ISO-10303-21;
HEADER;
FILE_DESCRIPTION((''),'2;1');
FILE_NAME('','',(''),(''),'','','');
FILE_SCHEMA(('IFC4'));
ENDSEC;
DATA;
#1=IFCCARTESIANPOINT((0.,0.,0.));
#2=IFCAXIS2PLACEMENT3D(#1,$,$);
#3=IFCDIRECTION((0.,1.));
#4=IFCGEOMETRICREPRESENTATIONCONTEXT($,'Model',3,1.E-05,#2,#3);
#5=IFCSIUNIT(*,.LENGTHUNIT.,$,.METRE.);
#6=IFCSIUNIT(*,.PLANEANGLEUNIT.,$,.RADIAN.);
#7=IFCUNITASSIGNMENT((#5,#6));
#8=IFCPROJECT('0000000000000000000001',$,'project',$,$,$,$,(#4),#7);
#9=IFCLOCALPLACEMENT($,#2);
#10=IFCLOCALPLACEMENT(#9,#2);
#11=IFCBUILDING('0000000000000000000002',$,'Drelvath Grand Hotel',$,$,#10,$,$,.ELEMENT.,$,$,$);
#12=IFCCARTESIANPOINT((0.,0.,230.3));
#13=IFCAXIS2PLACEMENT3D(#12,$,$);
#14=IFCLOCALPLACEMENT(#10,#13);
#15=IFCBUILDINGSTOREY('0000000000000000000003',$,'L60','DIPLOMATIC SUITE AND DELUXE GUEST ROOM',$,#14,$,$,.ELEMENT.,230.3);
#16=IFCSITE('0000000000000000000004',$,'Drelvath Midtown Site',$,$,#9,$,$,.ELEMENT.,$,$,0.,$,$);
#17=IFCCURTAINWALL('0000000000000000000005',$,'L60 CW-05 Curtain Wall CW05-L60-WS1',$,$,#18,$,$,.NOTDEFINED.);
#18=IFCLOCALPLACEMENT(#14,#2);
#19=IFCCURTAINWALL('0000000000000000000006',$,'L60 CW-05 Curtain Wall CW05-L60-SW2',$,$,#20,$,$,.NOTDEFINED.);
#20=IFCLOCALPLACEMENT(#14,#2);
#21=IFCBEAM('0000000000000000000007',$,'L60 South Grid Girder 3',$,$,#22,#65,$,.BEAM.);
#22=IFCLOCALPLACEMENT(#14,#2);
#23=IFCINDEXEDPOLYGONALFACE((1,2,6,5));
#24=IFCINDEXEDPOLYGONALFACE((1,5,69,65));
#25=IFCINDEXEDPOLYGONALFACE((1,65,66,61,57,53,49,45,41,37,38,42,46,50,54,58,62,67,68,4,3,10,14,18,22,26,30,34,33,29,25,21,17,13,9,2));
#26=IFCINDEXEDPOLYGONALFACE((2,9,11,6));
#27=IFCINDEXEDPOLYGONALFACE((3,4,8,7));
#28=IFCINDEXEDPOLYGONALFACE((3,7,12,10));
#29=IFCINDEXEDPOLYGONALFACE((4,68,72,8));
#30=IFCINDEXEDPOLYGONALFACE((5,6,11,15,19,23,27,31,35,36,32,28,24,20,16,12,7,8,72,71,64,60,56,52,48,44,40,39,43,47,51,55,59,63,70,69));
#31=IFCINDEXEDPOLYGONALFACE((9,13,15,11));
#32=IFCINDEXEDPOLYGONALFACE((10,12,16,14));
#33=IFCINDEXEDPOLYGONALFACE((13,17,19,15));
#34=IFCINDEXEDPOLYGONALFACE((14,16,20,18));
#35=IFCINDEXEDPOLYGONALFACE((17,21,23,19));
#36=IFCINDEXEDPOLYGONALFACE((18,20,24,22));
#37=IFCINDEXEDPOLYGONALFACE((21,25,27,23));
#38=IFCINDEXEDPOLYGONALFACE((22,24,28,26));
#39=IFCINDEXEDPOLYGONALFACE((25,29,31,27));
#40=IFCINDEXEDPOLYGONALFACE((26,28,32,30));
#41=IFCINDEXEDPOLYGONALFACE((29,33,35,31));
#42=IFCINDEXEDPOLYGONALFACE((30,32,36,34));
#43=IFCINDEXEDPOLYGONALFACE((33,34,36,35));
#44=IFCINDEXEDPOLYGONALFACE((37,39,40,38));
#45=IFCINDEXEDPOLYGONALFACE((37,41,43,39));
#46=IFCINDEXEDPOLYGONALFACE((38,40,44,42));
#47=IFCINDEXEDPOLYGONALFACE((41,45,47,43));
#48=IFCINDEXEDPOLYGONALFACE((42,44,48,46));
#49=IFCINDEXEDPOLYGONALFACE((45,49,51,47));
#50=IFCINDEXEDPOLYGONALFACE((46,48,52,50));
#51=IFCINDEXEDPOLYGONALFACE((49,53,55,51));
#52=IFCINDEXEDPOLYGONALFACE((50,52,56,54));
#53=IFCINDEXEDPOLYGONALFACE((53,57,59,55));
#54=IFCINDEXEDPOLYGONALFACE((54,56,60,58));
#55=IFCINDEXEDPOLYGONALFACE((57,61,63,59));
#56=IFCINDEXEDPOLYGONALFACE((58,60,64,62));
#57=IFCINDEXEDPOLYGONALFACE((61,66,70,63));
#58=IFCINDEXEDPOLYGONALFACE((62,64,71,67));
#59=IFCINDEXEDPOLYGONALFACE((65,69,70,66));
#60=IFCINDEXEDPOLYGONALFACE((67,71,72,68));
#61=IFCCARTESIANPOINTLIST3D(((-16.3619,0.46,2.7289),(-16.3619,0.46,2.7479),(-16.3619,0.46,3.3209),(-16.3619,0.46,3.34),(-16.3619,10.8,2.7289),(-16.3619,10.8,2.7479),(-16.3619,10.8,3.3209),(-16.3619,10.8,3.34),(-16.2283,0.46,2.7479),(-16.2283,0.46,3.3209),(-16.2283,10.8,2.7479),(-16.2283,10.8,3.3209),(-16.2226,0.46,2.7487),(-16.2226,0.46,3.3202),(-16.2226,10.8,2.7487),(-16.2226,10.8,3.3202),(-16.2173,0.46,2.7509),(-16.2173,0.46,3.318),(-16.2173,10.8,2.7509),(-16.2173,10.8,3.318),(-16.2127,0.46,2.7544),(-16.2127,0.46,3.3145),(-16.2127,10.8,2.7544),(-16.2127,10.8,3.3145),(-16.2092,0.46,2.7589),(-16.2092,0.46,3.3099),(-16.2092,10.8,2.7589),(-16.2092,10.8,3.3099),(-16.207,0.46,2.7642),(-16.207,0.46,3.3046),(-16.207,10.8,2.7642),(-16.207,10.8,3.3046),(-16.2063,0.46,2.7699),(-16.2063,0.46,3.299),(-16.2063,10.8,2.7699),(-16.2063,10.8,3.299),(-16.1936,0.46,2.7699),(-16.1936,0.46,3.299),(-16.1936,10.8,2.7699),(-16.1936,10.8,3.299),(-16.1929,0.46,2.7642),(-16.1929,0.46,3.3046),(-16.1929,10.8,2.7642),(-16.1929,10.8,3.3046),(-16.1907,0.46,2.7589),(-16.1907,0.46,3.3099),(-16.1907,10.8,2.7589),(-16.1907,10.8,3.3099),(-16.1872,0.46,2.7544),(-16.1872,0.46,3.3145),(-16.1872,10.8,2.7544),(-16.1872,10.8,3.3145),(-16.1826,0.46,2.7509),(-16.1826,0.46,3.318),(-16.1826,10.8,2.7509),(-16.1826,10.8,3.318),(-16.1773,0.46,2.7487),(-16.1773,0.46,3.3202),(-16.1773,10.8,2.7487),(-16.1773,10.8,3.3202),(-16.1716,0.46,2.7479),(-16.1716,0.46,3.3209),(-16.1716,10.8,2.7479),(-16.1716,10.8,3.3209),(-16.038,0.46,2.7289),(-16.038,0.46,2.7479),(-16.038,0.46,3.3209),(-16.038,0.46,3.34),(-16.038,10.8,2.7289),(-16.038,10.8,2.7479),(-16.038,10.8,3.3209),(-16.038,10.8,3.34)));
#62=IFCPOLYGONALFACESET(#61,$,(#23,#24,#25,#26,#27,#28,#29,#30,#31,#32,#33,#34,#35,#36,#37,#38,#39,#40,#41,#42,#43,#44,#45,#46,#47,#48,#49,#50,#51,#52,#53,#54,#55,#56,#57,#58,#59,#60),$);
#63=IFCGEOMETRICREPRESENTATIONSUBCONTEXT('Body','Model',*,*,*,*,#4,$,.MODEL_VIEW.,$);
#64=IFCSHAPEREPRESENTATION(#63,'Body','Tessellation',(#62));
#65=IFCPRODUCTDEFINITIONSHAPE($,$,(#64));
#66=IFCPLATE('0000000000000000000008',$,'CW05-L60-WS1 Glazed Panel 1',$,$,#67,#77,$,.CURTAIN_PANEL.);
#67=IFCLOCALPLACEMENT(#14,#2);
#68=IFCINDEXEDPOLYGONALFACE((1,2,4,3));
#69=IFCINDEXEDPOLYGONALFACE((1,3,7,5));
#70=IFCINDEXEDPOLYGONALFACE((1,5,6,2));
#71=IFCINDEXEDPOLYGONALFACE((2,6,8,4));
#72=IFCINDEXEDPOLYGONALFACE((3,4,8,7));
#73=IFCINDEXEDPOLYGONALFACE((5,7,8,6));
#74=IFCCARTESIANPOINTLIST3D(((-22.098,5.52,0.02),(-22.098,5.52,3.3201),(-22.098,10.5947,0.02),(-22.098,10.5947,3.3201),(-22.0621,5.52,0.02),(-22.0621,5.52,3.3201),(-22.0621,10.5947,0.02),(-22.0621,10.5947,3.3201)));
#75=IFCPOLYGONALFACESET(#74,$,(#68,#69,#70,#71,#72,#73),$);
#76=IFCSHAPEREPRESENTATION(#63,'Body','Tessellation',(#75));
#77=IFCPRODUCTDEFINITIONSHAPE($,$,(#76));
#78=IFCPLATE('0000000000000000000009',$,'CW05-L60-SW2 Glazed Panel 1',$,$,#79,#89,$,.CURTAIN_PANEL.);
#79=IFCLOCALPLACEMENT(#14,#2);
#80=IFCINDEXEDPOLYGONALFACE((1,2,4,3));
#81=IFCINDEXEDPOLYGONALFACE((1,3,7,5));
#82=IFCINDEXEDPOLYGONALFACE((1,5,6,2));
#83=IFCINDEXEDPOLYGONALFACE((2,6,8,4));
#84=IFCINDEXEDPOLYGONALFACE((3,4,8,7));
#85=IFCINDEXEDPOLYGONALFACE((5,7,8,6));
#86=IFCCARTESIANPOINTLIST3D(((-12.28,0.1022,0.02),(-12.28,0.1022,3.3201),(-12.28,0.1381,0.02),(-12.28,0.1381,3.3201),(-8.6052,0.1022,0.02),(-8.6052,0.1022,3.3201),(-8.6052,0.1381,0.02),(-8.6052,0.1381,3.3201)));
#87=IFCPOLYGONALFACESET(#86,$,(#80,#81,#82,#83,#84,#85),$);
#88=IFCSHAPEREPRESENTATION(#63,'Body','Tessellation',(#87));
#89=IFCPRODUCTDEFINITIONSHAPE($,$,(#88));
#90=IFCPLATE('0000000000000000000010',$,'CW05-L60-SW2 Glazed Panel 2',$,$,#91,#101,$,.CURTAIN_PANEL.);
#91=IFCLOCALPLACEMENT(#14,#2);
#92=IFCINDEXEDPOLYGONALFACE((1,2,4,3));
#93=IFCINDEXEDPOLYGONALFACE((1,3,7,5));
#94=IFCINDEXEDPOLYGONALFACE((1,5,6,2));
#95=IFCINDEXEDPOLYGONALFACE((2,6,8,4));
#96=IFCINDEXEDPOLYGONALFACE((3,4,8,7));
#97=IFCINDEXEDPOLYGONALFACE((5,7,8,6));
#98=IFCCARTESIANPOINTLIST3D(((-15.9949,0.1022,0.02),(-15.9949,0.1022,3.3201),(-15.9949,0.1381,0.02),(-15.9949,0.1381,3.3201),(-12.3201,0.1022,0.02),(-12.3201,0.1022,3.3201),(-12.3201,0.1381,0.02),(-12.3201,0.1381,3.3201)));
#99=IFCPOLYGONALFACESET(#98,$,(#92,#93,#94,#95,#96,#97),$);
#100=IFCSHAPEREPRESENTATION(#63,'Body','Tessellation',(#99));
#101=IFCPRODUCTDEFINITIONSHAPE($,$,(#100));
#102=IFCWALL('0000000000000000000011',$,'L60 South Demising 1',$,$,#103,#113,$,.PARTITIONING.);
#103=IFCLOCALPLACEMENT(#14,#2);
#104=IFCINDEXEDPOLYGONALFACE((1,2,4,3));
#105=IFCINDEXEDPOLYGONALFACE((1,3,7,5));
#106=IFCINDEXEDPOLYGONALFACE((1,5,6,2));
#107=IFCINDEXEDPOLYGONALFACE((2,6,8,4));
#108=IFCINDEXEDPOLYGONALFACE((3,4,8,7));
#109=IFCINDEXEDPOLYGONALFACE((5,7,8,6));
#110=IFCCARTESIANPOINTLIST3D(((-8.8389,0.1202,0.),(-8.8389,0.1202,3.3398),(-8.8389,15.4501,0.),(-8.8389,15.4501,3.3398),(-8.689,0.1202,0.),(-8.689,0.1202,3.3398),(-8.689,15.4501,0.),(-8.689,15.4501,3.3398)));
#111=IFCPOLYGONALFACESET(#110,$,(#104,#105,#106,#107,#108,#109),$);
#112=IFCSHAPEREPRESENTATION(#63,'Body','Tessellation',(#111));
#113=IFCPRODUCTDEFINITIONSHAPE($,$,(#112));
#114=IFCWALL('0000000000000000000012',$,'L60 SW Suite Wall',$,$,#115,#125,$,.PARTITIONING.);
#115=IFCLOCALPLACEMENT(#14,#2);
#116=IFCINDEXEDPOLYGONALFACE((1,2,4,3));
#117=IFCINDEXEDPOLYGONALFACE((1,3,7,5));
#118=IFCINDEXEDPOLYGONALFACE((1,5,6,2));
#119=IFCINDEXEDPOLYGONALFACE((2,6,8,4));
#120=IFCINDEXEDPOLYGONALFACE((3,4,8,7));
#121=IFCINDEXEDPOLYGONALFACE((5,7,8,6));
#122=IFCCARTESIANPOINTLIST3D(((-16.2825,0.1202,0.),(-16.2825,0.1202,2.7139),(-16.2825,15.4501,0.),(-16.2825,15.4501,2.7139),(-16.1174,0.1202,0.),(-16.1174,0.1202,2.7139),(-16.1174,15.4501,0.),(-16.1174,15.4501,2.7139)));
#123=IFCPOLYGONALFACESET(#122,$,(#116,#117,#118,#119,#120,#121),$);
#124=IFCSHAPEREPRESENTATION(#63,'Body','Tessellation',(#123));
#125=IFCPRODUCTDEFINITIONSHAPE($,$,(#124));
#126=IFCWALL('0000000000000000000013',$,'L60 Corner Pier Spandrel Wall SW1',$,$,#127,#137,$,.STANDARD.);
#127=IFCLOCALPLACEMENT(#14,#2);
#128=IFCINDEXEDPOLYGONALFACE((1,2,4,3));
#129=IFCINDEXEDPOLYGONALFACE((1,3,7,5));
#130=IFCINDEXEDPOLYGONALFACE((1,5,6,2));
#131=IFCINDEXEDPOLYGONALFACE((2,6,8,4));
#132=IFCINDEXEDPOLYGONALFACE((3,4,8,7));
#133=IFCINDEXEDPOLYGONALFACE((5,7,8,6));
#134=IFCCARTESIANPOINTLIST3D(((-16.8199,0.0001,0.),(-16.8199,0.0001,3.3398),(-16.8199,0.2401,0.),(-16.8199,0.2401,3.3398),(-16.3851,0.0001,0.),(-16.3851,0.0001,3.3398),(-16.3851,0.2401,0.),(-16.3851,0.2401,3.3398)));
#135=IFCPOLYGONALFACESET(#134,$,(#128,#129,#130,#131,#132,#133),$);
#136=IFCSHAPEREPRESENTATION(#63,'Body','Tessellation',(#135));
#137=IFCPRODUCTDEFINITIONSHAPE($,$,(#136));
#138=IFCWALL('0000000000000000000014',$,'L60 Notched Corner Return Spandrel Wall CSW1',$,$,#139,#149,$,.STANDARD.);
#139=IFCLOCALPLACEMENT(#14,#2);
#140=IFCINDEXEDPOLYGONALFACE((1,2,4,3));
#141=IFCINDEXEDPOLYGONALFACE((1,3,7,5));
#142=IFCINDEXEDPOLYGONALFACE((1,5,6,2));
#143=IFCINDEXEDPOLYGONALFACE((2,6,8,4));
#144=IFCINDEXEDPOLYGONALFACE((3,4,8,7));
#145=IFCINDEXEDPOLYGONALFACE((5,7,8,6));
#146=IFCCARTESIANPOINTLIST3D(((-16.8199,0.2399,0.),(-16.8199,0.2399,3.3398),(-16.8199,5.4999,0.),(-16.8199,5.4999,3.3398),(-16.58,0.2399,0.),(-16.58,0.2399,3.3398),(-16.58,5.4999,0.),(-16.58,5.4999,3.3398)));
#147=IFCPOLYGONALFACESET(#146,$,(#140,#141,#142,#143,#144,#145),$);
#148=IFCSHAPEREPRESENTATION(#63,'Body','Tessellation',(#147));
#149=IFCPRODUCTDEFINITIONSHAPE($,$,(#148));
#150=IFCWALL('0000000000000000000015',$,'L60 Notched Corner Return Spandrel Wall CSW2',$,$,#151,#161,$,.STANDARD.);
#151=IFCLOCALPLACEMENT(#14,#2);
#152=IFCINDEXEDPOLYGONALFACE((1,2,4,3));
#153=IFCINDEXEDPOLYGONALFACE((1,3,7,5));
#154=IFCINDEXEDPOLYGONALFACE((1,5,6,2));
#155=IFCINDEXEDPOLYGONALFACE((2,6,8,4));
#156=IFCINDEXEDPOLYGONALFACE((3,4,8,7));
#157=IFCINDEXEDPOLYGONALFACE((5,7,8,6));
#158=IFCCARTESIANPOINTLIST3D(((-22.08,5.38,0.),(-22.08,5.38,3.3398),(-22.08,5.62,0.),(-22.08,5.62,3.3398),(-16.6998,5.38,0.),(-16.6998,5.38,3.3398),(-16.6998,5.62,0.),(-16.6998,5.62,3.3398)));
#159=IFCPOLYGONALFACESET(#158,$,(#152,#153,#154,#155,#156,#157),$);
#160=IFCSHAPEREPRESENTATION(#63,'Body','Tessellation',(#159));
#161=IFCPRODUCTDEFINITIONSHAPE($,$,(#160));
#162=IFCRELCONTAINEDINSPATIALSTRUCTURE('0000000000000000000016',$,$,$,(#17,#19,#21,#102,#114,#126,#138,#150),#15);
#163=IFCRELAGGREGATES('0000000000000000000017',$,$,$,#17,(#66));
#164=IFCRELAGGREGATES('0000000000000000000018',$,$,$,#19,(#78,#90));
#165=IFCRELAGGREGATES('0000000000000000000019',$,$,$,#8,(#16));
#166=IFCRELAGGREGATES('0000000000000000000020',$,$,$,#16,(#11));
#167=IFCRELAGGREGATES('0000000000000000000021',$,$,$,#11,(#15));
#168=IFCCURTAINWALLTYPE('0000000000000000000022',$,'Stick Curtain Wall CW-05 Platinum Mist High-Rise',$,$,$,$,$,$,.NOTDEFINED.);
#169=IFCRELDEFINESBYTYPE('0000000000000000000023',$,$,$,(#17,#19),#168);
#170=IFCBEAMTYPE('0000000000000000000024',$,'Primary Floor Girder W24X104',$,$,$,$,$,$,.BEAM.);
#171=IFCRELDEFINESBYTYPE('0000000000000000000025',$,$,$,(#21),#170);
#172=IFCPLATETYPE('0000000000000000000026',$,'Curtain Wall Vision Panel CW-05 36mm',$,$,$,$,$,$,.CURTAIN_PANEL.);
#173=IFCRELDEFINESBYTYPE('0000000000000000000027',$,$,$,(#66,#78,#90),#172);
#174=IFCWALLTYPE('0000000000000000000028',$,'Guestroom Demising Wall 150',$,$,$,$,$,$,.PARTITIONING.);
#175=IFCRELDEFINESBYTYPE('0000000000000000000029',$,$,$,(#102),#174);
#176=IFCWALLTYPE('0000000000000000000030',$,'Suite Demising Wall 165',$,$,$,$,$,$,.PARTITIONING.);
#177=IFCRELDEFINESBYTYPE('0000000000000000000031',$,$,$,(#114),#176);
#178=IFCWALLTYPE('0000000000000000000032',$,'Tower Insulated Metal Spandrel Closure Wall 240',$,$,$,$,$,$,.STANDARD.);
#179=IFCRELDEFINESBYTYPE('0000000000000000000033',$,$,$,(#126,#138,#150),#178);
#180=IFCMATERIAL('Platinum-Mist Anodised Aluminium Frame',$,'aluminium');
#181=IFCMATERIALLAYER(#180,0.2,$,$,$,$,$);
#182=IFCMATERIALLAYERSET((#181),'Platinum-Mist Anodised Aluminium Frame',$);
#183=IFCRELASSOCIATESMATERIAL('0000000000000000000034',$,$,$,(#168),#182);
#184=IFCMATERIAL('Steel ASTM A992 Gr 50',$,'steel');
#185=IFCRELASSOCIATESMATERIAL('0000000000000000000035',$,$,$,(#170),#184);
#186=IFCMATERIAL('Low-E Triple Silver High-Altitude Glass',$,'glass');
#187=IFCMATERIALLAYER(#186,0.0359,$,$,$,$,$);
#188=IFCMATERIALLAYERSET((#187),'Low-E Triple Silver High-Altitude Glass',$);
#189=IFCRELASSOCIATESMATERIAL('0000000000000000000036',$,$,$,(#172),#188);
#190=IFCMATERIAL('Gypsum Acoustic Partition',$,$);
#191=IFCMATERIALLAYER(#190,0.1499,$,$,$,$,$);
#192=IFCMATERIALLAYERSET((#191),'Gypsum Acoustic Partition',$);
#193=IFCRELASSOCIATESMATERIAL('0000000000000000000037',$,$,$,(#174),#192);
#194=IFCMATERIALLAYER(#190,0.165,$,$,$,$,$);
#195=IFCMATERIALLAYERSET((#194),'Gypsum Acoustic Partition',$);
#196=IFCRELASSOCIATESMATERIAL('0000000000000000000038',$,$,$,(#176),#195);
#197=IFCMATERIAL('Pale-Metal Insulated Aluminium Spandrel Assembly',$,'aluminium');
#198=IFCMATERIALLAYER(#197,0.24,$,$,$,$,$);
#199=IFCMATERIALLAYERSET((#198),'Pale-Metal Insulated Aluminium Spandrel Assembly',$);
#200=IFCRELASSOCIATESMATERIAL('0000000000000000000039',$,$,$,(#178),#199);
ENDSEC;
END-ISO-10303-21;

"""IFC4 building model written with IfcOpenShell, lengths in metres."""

from ifc_helpers import new_model, si_unit, direction, frame, frame_2d, origin, origin_2d, place, context, subcontext, project, spatial, rectangle, i_section, extrude, material, layer, layer_set, material_profile, profile_set, type_object, element, aggregate, save


model = new_model("IFC4")

# Units and contexts
model_context = context("Model", 3, precision=1e-05, world=origin(), true_north=direction((0.0, 1.0)))
body_context = subcontext(model_context, "Body", "Model", "MODEL_VIEW")
ifc_project = project(units=[si_unit("LENGTHUNIT", "METRE"), si_unit("PLANEANGLEUNIT", "RADIAN")], contexts=[model_context])

# Site, building, storey
site_placement = place(None, origin())
site = spatial("IfcSite", under=ifc_project, at=site_placement, Name="Drelvath Midtown Site", CompositionType="ELEMENT", RefElevation=0.0)
building_placement = place(site_placement, origin())
building = spatial("IfcBuilding", under=site, at=building_placement, Name="Drelvath Grand Hotel", CompositionType="ELEMENT")
storey_placement = place(building_placement, frame((0.0, 0.0, 230.3)))
storey = spatial("IfcBuildingStorey", under=building, at=storey_placement, Name="L60", Description="DIPLOMATIC SUITE AND DELUXE GUEST ROOM", CompositionType="ELEMENT", Elevation=230.3)

# Curtain walls
ifc_material_1 = material(Name="Platinum-Mist Anodised Aluminium Frame", Category="aluminium")
ifc_layer_1 = layer(ifc_material_1, 0.2)
ifc_layer_set_1 = layer_set([ifc_layer_1], Name="Platinum-Mist Anodised Aluminium Frame")
curtain_wall_type = type_object("IfcCurtainWallType", Name="Stick Curtain Wall CW-05 Platinum Mist High-Rise", PredefinedType="NOTDEFINED", material=ifc_layer_set_1)
curtain_wall_1_placement = place(storey_placement, origin())
curtain_wall_1 = element("IfcCurtainWall", 1, at=curtain_wall_1_placement, inside=storey, type_object=curtain_wall_type, Name="L60 CW-05 Curtain Wall CW05-L60-WS1", PredefinedType="NOTDEFINED")
curtain_wall_2_placement = place(storey_placement, origin())
curtain_wall_2 = element("IfcCurtainWall", 2, at=curtain_wall_2_placement, inside=storey, type_object=curtain_wall_type, Name="L60 CW-05 Curtain Wall CW05-L60-SW2", PredefinedType="NOTDEFINED")

# Beam
ifc_material_2 = material(Name="Steel ASTM A992 Gr 50", Category="steel")
ifc_material_profile_1 = material_profile(ifc_material_2, i_section(OverallWidth=0.324, OverallDepth=0.6111, WebThickness=0.0127, FlangeThickness=0.019, FilletRadius=0.022, at=origin_2d()), Name="W24X104")
ifc_profile_set_1 = profile_set([ifc_material_profile_1], Name="Steel ASTM A992 Gr 50")
beam_type_1 = type_object("IfcBeamType", Name="Primary Floor Girder W24X104", PredefinedType="BEAM", material=ifc_profile_set_1)
beam_1_placement = place(storey_placement, frame((-16.2, 0.46, 3.0344), z_axis=(0.0, 1.0, 0.0), x_axis=(-1.0, 0.0, 0.0)))
element("IfcBeam", 3, at=beam_1_placement, inside=storey, type_object=beam_type_1, Name="L60 South Grid Girder 3", PredefinedType="BEAM", context=body_context, shape_type="SweptSolid", body=[
    extrude(i_section(OverallWidth=0.324, OverallDepth=0.6111, WebThickness=0.0127, FlangeThickness=0.019, FilletRadius=0.022, at=origin_2d()), origin(), (0.0, 0.0, 1.0), 10.3401),
])

# Plates
ifc_material_3 = material(Name="Low-E Triple Silver High-Altitude Glass", Category="glass")
ifc_layer_2 = layer(ifc_material_3, 0.0359)
ifc_layer_set_2 = layer_set([ifc_layer_2], Name="Low-E Triple Silver High-Altitude Glass")
plate_type = type_object("IfcPlateType", Name="Curtain Wall Vision Panel CW-05 36mm", PredefinedType="CURTAIN_PANEL", material=ifc_layer_set_2)
plate_1_placement = place(storey_placement, frame((-22.0801, 8.0574, 0.02), z_axis=(0.0, 0.0, 1.0), x_axis=(0.0, 1.0, 0.0)))
plate_1 = element("IfcPlate", 4, at=plate_1_placement, type_object=plate_type, Name="CW05-L60-WS1 Glazed Panel 1", PredefinedType="CURTAIN_PANEL", context=body_context, shape_type="SweptSolid", body=[
    extrude(rectangle(XDim=5.0747, YDim=0.0359, at=origin_2d()), origin(), (0.0, 0.0, 1.0), 3.3),
])
aggregate(curtain_wall_1, [plate_1])
plate_2_placement = place(storey_placement, frame((-10.4426, 0.1201, 0.02), z_axis=(0.0, 0.0, 1.0), x_axis=(-1.0, 0.0, 0.0)))
plate_2 = element("IfcPlate", 5, at=plate_2_placement, type_object=plate_type, Name="CW05-L60-SW2 Glazed Panel 1", PredefinedType="CURTAIN_PANEL", context=body_context, shape_type="SweptSolid", body=[
    extrude(rectangle(XDim=3.6748, YDim=0.0359, at=origin_2d()), origin(), (0.0, 0.0, 1.0), 3.3),
])
plate_3_placement = place(storey_placement, frame((-14.1575, 0.1201, 0.02), z_axis=(0.0, 0.0, 1.0), x_axis=(-1.0, 0.0, 0.0)))
plate_3 = element("IfcPlate", 6, at=plate_3_placement, type_object=plate_type, Name="CW05-L60-SW2 Glazed Panel 2", PredefinedType="CURTAIN_PANEL", context=body_context, shape_type="SweptSolid", body=[
    extrude(rectangle(XDim=3.6748, YDim=0.0359, at=origin_2d()), origin(), (0.0, 0.0, 1.0), 3.3),
])
aggregate(curtain_wall_2, [plate_2, plate_3])

# Walls
ifc_material_4 = material(Name="Gypsum Acoustic Partition")
ifc_layer_3 = layer(ifc_material_4, 0.1499)
ifc_layer_set_3 = layer_set([ifc_layer_3], Name="Gypsum Acoustic Partition")
wall_type_1 = type_object("IfcWallType", Name="Guestroom Demising Wall 150", PredefinedType="PARTITIONING", material=ifc_layer_set_3)
wall_1_placement = place(storey_placement, frame((-8.7639, 0.1201, 0.0), z_axis=(0.0, 0.0, 1.0), x_axis=(0.0, 1.0, 0.0)))
element("IfcWall", 7, at=wall_1_placement, inside=storey, type_object=wall_type_1, Name="L60 South Demising 1", PredefinedType="PARTITIONING", context=body_context, shape_type="SweptSolid", body=[
    extrude(rectangle(XDim=15.3298, YDim=0.1499, at=frame_2d((7.665, 0.0))), origin(), (0.0, 0.0, 1.0), 3.3398),
])
ifc_layer_4 = layer(ifc_material_4, 0.165)
ifc_layer_set_4 = layer_set([ifc_layer_4], Name="Gypsum Acoustic Partition")
wall_type_2 = type_object("IfcWallType", Name="Suite Demising Wall 165", PredefinedType="PARTITIONING", material=ifc_layer_set_4)
wall_2_placement = place(storey_placement, frame((-16.2, 0.1201, 0.0), z_axis=(0.0, 0.0, 1.0), x_axis=(0.0, 1.0, 0.0)))
element("IfcWall", 8, at=wall_2_placement, inside=storey, type_object=wall_type_2, Name="L60 SW Suite Wall", PredefinedType="PARTITIONING", context=body_context, shape_type="SweptSolid", body=[
    extrude(rectangle(XDim=15.3298, YDim=0.165, at=frame_2d((7.665, 0.0))), origin(), (0.0, 0.0, 1.0), 2.7139),
])
ifc_material_5 = material(Name="Pale-Metal Insulated Aluminium Spandrel Assembly", Category="aluminium")
ifc_layer_5 = layer(ifc_material_5, 0.24)
ifc_layer_set_5 = layer_set([ifc_layer_5], Name="Pale-Metal Insulated Aluminium Spandrel Assembly")
wall_type_3 = type_object("IfcWallType", Name="Tower Insulated Metal Spandrel Closure Wall 240", PredefinedType="STANDARD", material=ifc_layer_set_5)
wall_3_placement = place(storey_placement, frame((-16.3853, 0.1201, 0.0), z_axis=(0.0, 0.0, 1.0), x_axis=(-1.0, 0.0, 0.0)))
element("IfcWall", 9, at=wall_3_placement, inside=storey, type_object=wall_type_3, Name="L60 Corner Pier Spandrel Wall SW1", PredefinedType="STANDARD", context=body_context, shape_type="SweptSolid", body=[
    extrude(rectangle(XDim=0.4348, YDim=0.24, at=frame_2d((0.2173, 0.0))), origin(), (0.0, 0.0, 1.0), 3.3398),
])
wall_4_placement = place(storey_placement, frame((-16.7, 0.24, 0.0), z_axis=(0.0, 0.0, 1.0), x_axis=(0.0, 1.0, 0.0)))
element("IfcWall", 10, at=wall_4_placement, inside=storey, type_object=wall_type_3, Name="L60 Notched Corner Return Spandrel Wall CSW1", PredefinedType="STANDARD", context=body_context, shape_type="SweptSolid", body=[
    extrude(rectangle(XDim=5.26, YDim=0.24, at=frame_2d((2.6299, 0.0))), origin(), (0.0, 0.0, 1.0), 3.3398),
])
wall_5_placement = place(storey_placement, frame((-16.7, 5.5, 0.0), z_axis=(0.0, 0.0, 1.0), x_axis=(-1.0, 0.0, 0.0)))
element("IfcWall", 11, at=wall_5_placement, inside=storey, type_object=wall_type_3, Name="L60 Notched Corner Return Spandrel Wall CSW2", PredefinedType="STANDARD", context=body_context, shape_type="SweptSolid", body=[
    extrude(rectangle(XDim=5.3801, YDim=0.24, at=frame_2d((2.6899, 0.0))), origin(), (0.0, 0.0, 1.0), 3.3398),
])

save(model, "model.ifc")
